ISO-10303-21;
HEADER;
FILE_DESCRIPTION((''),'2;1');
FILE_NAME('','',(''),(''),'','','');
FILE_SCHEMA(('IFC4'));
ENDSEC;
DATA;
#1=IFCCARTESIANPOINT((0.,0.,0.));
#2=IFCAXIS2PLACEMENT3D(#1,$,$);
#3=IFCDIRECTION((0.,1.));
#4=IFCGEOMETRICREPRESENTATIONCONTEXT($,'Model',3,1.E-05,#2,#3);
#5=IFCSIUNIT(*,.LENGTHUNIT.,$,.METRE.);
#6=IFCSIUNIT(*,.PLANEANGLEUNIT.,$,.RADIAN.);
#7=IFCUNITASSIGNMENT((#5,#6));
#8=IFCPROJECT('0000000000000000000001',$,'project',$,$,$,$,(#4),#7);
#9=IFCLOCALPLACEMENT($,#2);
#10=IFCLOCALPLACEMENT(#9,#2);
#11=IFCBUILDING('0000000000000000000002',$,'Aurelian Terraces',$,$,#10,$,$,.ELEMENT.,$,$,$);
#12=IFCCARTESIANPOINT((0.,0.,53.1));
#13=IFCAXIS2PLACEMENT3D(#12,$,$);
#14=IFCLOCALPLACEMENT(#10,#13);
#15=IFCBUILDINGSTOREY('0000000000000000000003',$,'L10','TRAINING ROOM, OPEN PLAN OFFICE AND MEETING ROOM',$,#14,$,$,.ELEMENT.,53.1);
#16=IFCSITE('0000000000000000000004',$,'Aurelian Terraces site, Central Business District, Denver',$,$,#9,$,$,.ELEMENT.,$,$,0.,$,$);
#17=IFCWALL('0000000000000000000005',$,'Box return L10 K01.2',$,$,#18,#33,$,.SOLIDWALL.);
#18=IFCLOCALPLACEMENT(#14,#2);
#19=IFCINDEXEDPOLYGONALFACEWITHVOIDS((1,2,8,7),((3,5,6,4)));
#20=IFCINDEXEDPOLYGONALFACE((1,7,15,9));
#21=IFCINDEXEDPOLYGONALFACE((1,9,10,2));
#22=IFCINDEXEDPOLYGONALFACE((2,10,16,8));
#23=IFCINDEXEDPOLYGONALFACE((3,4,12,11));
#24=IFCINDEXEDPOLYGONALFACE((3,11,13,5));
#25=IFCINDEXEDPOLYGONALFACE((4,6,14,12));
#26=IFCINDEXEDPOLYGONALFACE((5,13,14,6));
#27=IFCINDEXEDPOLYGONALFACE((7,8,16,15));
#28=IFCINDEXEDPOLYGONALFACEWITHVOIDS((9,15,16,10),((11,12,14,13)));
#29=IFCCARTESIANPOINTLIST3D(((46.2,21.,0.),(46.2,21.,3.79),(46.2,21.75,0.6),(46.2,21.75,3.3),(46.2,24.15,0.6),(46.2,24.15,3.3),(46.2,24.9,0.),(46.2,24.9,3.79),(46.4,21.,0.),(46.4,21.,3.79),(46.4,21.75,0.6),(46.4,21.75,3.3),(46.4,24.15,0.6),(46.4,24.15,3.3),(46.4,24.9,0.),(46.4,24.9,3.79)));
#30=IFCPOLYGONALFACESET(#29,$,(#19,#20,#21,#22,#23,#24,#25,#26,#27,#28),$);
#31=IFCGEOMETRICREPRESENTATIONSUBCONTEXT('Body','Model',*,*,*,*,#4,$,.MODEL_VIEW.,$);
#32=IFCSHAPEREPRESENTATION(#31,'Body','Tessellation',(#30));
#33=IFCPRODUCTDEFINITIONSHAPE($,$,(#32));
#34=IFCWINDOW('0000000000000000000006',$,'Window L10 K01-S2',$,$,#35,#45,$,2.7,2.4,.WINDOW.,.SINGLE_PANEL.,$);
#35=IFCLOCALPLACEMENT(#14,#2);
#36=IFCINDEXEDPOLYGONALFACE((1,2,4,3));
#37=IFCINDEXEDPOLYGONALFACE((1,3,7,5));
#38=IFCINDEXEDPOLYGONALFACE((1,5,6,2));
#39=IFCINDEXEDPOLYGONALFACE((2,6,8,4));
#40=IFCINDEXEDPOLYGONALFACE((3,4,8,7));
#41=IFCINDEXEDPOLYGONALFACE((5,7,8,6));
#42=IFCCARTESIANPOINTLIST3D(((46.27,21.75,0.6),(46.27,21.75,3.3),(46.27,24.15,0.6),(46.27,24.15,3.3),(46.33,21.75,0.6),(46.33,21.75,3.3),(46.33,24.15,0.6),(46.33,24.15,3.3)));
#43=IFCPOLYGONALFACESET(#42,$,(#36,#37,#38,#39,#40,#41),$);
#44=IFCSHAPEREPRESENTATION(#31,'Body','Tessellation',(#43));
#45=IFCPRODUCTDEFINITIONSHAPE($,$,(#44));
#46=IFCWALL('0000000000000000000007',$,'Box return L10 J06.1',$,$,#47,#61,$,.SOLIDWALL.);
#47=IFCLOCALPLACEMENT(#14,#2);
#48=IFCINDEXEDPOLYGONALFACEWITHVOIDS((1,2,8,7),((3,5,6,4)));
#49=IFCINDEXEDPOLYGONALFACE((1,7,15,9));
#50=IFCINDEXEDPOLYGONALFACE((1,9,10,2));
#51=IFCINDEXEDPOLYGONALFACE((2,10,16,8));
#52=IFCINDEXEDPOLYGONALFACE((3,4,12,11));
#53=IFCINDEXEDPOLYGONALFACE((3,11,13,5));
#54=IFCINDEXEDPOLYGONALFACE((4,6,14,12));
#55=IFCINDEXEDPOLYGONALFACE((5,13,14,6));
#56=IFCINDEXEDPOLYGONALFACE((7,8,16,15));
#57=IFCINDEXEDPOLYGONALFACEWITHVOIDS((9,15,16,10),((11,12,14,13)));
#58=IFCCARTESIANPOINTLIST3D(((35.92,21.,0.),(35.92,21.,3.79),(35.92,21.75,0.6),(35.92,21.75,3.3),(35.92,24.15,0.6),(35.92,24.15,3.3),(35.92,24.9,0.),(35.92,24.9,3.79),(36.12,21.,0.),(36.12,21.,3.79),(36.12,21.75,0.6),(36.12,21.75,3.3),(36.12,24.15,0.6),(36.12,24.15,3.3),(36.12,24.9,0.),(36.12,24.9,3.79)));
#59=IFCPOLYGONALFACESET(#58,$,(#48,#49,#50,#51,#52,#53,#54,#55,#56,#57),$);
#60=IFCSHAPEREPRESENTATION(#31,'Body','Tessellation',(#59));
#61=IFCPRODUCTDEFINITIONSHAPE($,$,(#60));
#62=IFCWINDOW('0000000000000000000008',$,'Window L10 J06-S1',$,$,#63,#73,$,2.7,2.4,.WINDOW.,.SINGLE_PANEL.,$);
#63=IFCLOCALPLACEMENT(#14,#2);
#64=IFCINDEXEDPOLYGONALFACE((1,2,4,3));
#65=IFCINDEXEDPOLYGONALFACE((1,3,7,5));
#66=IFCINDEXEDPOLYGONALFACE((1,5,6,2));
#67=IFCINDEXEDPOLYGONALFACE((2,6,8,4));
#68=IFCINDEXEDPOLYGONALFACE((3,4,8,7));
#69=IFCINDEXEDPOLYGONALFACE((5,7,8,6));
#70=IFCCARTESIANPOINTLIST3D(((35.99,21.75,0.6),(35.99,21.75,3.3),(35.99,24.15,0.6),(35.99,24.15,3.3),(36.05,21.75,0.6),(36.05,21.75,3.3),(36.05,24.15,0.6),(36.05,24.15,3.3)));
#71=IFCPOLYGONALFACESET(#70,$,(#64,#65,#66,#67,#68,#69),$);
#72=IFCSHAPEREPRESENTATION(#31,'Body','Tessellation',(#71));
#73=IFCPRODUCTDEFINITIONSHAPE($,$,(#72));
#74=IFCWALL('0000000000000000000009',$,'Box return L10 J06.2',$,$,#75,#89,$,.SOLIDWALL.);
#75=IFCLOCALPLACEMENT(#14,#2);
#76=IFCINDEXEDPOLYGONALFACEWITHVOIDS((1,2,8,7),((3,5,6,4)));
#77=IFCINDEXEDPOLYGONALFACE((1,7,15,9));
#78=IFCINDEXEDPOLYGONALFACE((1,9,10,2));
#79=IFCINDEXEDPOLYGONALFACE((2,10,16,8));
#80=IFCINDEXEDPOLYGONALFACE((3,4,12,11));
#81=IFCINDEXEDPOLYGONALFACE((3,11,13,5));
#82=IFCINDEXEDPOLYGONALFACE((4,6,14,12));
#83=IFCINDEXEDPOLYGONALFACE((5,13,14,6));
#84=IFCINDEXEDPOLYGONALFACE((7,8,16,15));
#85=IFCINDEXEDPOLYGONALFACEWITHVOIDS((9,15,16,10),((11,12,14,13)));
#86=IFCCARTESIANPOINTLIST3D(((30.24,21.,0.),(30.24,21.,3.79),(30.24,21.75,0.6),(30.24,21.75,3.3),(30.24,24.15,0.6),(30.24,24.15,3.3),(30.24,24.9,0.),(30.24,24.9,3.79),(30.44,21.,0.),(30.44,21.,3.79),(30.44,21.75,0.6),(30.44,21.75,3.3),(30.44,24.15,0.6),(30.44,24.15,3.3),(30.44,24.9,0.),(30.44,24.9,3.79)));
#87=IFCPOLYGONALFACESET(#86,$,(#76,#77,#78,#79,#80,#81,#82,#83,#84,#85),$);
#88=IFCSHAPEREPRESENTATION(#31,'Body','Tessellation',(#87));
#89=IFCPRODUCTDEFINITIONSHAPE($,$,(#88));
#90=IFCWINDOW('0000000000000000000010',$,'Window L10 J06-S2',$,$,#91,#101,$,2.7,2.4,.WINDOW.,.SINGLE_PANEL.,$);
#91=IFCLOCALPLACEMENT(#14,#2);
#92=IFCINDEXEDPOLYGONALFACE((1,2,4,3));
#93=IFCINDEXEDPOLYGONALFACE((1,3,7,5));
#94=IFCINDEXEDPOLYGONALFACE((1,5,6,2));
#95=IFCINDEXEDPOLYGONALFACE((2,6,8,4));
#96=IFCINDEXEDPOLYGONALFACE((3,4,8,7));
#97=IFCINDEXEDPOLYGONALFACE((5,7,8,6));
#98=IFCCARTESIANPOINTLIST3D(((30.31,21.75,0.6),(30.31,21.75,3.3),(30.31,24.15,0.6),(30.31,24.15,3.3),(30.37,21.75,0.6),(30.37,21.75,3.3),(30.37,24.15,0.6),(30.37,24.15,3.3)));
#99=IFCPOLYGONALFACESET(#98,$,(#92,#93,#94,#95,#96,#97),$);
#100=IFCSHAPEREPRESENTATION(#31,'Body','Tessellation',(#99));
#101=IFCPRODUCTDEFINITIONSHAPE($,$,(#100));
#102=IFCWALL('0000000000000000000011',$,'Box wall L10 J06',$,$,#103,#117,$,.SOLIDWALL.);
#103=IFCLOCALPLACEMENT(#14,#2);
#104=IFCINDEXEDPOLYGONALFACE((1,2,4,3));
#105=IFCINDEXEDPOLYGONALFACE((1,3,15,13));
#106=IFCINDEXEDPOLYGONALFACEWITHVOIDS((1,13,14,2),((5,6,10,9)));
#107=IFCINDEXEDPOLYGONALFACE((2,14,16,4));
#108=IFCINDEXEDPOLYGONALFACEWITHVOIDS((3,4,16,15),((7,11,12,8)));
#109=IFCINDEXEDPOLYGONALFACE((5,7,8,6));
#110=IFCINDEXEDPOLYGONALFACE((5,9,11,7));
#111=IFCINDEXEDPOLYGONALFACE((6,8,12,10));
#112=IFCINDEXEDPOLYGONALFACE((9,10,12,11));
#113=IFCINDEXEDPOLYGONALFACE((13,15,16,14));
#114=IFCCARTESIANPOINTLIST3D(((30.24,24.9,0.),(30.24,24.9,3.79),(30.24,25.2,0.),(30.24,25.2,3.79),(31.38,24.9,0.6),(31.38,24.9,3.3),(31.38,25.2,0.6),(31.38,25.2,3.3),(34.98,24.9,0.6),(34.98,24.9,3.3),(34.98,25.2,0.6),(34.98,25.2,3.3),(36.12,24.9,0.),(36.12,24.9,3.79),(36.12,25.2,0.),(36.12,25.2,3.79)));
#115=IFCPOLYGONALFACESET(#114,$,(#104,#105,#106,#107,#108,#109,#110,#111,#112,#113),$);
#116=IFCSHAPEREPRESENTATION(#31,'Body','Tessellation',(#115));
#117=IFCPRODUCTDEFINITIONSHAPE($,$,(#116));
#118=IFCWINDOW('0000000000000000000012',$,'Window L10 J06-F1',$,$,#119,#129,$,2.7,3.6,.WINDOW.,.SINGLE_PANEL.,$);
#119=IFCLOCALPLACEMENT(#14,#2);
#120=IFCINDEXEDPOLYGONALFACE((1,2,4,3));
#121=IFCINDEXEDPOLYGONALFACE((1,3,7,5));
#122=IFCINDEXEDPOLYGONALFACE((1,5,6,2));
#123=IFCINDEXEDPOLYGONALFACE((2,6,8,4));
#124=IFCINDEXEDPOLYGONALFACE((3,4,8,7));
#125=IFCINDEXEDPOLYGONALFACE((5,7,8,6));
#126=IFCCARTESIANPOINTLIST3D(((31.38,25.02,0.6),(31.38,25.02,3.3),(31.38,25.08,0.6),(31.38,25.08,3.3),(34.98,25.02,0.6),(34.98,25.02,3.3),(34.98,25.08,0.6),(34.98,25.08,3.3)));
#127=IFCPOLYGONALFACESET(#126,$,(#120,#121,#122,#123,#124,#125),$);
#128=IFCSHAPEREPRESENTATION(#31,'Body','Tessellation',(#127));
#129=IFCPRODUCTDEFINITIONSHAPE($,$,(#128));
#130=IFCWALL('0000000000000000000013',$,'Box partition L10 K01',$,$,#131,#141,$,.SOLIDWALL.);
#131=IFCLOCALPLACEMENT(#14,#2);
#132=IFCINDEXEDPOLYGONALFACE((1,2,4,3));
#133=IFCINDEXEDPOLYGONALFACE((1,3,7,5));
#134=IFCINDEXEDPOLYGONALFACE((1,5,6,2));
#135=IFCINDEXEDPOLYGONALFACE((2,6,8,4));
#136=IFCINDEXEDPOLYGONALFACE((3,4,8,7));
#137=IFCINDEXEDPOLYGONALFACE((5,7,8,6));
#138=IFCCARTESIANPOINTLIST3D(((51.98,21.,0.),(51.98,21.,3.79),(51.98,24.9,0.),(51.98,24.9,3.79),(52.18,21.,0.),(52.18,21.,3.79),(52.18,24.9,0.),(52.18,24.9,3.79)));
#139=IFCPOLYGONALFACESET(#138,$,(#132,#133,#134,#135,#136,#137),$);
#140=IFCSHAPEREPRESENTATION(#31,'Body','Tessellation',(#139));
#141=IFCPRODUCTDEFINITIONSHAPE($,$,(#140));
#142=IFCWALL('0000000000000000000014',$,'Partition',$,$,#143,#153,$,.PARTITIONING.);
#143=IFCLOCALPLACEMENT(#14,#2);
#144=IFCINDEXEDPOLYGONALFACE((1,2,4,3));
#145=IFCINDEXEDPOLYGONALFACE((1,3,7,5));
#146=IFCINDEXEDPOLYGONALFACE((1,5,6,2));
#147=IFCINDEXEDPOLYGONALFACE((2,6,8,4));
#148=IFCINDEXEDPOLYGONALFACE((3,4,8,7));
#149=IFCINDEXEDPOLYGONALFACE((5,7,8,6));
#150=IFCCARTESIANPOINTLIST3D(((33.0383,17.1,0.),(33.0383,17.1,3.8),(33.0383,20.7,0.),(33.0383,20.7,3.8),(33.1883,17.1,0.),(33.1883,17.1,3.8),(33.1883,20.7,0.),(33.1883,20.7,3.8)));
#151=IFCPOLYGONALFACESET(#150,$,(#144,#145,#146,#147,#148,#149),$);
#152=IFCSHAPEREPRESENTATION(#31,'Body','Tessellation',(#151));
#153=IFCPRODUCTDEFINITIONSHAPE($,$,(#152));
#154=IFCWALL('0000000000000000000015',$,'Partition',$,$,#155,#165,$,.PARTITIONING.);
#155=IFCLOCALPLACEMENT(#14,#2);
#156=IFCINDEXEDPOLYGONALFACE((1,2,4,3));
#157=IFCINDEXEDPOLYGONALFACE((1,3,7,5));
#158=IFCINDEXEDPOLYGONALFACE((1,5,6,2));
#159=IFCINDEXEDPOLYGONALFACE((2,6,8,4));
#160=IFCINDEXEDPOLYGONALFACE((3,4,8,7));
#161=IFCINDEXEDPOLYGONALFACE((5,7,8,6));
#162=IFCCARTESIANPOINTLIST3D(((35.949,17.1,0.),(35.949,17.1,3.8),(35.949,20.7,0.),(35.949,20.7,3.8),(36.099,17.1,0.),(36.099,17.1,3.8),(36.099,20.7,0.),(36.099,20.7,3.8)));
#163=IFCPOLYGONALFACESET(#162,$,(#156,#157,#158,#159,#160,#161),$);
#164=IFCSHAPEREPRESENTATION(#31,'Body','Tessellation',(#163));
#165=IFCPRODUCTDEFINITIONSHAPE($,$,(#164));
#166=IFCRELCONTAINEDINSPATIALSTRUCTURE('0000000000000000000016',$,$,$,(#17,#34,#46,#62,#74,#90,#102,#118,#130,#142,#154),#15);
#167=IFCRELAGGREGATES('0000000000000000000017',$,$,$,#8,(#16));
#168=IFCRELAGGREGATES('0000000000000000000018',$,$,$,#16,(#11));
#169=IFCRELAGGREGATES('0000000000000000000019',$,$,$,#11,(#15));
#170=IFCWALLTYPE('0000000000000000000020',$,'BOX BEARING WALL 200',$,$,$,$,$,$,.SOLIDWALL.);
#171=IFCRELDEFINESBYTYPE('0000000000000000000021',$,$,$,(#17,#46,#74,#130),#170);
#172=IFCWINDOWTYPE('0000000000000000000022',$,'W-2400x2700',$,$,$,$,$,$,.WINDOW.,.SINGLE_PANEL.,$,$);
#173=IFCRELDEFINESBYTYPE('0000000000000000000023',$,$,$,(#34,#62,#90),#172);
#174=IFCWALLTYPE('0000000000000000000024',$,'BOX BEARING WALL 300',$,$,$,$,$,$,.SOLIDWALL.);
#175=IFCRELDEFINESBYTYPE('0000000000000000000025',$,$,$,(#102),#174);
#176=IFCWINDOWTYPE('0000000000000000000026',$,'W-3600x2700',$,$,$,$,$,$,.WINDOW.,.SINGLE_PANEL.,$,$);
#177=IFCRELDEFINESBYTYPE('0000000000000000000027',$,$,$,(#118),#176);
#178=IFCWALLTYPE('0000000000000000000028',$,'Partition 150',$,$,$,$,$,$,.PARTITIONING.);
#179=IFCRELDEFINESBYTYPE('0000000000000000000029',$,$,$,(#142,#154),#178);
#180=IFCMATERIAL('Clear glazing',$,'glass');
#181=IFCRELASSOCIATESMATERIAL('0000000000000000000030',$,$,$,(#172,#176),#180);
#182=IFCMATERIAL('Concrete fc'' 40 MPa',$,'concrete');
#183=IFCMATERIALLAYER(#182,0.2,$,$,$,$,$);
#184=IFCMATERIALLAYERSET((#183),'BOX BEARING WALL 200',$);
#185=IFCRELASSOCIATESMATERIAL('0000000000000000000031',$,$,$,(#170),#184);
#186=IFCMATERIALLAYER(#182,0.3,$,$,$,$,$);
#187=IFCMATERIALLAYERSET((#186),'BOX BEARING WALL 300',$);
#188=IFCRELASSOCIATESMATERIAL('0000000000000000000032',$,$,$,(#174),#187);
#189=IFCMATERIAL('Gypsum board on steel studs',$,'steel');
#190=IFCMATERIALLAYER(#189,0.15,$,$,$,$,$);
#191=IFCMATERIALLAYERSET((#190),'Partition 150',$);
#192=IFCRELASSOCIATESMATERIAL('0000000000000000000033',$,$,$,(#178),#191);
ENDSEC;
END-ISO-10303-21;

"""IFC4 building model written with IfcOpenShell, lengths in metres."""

from ifc_helpers import new_model, si_unit, direction, frame, frame_2d, origin, place, context, subcontext, project, spatial, rectangle, extrude, source, transform, mapped, material, layer, layer_set, type_object, element, fill, save


model = new_model("IFC4")

# Units and contexts
model_context = context("Model", 3, precision=1e-05, world=origin(), true_north=direction((0.0, 1.0)))
body_context = subcontext(model_context, "Body", "Model", "MODEL_VIEW")
ifc_project = project(units=[si_unit("LENGTHUNIT", "METRE"), si_unit("PLANEANGLEUNIT", "RADIAN")], contexts=[model_context])

# Site, building, storey
site_placement = place(None, origin())
site = spatial("IfcSite", under=ifc_project, at=site_placement, Name="Aurelian Terraces site, Central Business District, Denver", CompositionType="ELEMENT", RefElevation=0.0)
building_placement = place(site_placement, origin())
building = spatial("IfcBuilding", under=site, at=building_placement, Name="Aurelian Terraces", CompositionType="ELEMENT")
storey_placement = place(building_placement, frame((0.0, 0.0, 53.1)))
storey = spatial("IfcBuildingStorey", under=building, at=storey_placement, Name="L10", Description="TRAINING ROOM, OPEN PLAN OFFICE AND MEETING ROOM", CompositionType="ELEMENT", Elevation=53.1)

# Shared definitions
ifc_material_1 = material(Name="Clear glazing", Category="glass")
window_type_1 = type_object("IfcWindowType", Name="W-2400x2700", PartitioningType="SINGLE_PANEL", PredefinedType="WINDOW", material=ifc_material_1)
shared_shape_1 = source(origin(), body_context, "Body", "SweptSolid", [
    extrude(rectangle(XDim=2.4, YDim=2.7, at=frame_2d((1.2, 1.35))), frame((0.0, 0.03, 0.0), z_axis=(0.0, -1.0, 0.0), x_axis=(1.0, 0.0, 0.0)), (0.0, 0.0, 1.0), 0.06),
])

# Walls, openings, windows
ifc_material_2 = material(Name="Concrete fc' 40 MPa", Category="concrete")
ifc_layer_1 = layer(ifc_material_2, 0.2)
ifc_layer_set_1 = layer_set([ifc_layer_1], Name="BOX BEARING WALL 200")
wall_type_1 = type_object("IfcWallType", Name="BOX BEARING WALL 200", PredefinedType="SOLIDWALL", material=ifc_layer_set_1)
shared_shape_2 = source(origin(), body_context, "Body", "SweptSolid", [
    extrude(rectangle(XDim=3.9, YDim=0.2, at=frame_2d((1.95, 0.0))), origin(), (0.0, 0.0, 1.0), 3.79),
])
wall_1_placement = place(storey_placement, frame((46.3, 21.0, 0.0), z_axis=(0.0, 0.0, 1.0), x_axis=(0.0, 1.0, 0.0)))
wall_1 = element("IfcWall", 1, at=wall_1_placement, inside=storey, type_object=wall_type_1, Name="Box return L10 K01.2", PredefinedType="SOLIDWALL", context=body_context, shape_type="MappedRepresentation", body=[
    mapped(shared_shape_2, transform((0.0, 0.0, 0.0), scale=1.0)),
])
shared_shape_3 = source(origin(), body_context, "Body", "SweptSolid", [
    extrude(rectangle(XDim=2.4, YDim=2.7, at=frame_2d((1.2, 1.35))), frame((0.0, 0.11, 0.0), z_axis=(0.0, -1.0, 0.0), x_axis=(1.0, 0.0, 0.0)), (0.0, 0.0, 1.0), 0.22),
])
opening_1_placement = place(wall_1_placement, frame((0.75, 0.0, 0.6)))
opening_1 = element("IfcOpeningElement", 2, at=opening_1_placement, cuts=wall_1, PredefinedType="OPENING", context=body_context, shape_type="MappedRepresentation", body=[
    mapped(shared_shape_3, transform((0.0, 0.0, 0.0), scale=1.0)),
])
window_1_placement = place(opening_1_placement, origin())
window_1 = element("IfcWindow", 3, at=window_1_placement, inside=storey, type_object=window_type_1, Name="Window L10 K01-S2", OverallHeight=2.7, OverallWidth=2.4, PartitioningType="SINGLE_PANEL", PredefinedType="WINDOW", context=body_context, shape_type="MappedRepresentation", body=[
    mapped(shared_shape_1, transform((0.0, 0.0, 0.0), scale=1.0)),
])
fill(opening_1, window_1)
wall_2_placement = place(storey_placement, frame((36.02, 21.0, 0.0), z_axis=(0.0, 0.0, 1.0), x_axis=(0.0, 1.0, 0.0)))
wall_2 = element("IfcWall", 4, at=wall_2_placement, inside=storey, type_object=wall_type_1, Name="Box return L10 J06.1", PredefinedType="SOLIDWALL", context=body_context, shape_type="MappedRepresentation", body=[
    mapped(shared_shape_2, transform((0.0, 0.0, 0.0), scale=1.0)),
])
opening_2_placement = place(wall_2_placement, frame((0.75, 0.0, 0.6)))
opening_2 = element("IfcOpeningElement", 5, at=opening_2_placement, cuts=wall_2, PredefinedType="OPENING", context=body_context, shape_type="MappedRepresentation", body=[
    mapped(shared_shape_3, transform((0.0, 0.0, 0.0), scale=1.0)),
])
window_2_placement = place(opening_2_placement, origin())
window_2 = element("IfcWindow", 6, at=window_2_placement, inside=storey, type_object=window_type_1, Name="Window L10 J06-S1", OverallHeight=2.7, OverallWidth=2.4, PartitioningType="SINGLE_PANEL", PredefinedType="WINDOW", context=body_context, shape_type="MappedRepresentation", body=[
    mapped(shared_shape_1, transform((0.0, 0.0, 0.0), scale=1.0)),
])
fill(opening_2, window_2)
wall_3_placement = place(storey_placement, frame((30.34, 21.0, 0.0), z_axis=(0.0, 0.0, 1.0), x_axis=(0.0, 1.0, 0.0)))
wall_3 = element("IfcWall", 7, at=wall_3_placement, inside=storey, type_object=wall_type_1, Name="Box return L10 J06.2", PredefinedType="SOLIDWALL", context=body_context, shape_type="MappedRepresentation", body=[
    mapped(shared_shape_2, transform((0.0, 0.0, 0.0), scale=1.0)),
])
opening_3_placement = place(wall_3_placement, frame((0.75, 0.0, 0.6)))
opening_3 = element("IfcOpeningElement", 8, at=opening_3_placement, cuts=wall_3, PredefinedType="OPENING", context=body_context, shape_type="MappedRepresentation", body=[
    mapped(shared_shape_3, transform((0.0, 0.0, 0.0), scale=1.0)),
])
window_3_placement = place(opening_3_placement, origin())
window_3 = element("IfcWindow", 9, at=window_3_placement, inside=storey, type_object=window_type_1, Name="Window L10 J06-S2", OverallHeight=2.7, OverallWidth=2.4, PartitioningType="SINGLE_PANEL", PredefinedType="WINDOW", context=body_context, shape_type="MappedRepresentation", body=[
    mapped(shared_shape_1, transform((0.0, 0.0, 0.0), scale=1.0)),
])
fill(opening_3, window_3)
ifc_layer_2 = layer(ifc_material_2, 0.3)
ifc_layer_set_2 = layer_set([ifc_layer_2], Name="BOX BEARING WALL 300")
wall_type_2 = type_object("IfcWallType", Name="BOX BEARING WALL 300", PredefinedType="SOLIDWALL", material=ifc_layer_set_2)
shared_shape_4 = source(origin(), body_context, "Body", "SweptSolid", [
    extrude(rectangle(XDim=5.88, YDim=0.3, at=frame_2d((2.94, 0.0))), origin(), (0.0, 0.0, 1.0), 3.79),
])
wall_4_placement = place(storey_placement, frame((36.12, 25.05, 0.0), z_axis=(0.0, 0.0, 1.0), x_axis=(-1.0, 0.0, 0.0)))
wall_4 = element("IfcWall", 10, at=wall_4_placement, inside=storey, type_object=wall_type_2, Name="Box wall L10 J06", PredefinedType="SOLIDWALL", context=body_context, shape_type="MappedRepresentation", body=[
    mapped(shared_shape_4, transform((0.0, 0.0, 0.0), scale=1.0)),
])
shared_shape_5 = source(origin(), body_context, "Body", "SweptSolid", [
    extrude(rectangle(XDim=3.6, YDim=2.7, at=frame_2d((1.8, 1.35))), frame((0.0, 0.16, 0.0), z_axis=(0.0, -1.0, 0.0), x_axis=(1.0, 0.0, 0.0)), (0.0, 0.0, 1.0), 0.32),
])
opening_4_placement = place(wall_4_placement, frame((1.14, 0.0, 0.6)))
opening_4 = element("IfcOpeningElement", 11, at=opening_4_placement, cuts=wall_4, PredefinedType="OPENING", context=body_context, shape_type="MappedRepresentation", body=[
    mapped(shared_shape_5, transform((0.0, 0.0, 0.0), scale=1.0)),
])
window_type_2 = type_object("IfcWindowType", Name="W-3600x2700", PartitioningType="SINGLE_PANEL", PredefinedType="WINDOW", material=ifc_material_1)
shared_shape_6 = source(origin(), body_context, "Body", "SweptSolid", [
    extrude(rectangle(XDim=3.6, YDim=2.7, at=frame_2d((1.8, 1.35))), frame((0.0, 0.03, 0.0), z_axis=(0.0, -1.0, 0.0), x_axis=(1.0, 0.0, 0.0)), (0.0, 0.0, 1.0), 0.06),
])
window_4_placement = place(opening_4_placement, origin())
window_4 = element("IfcWindow", 12, at=window_4_placement, inside=storey, type_object=window_type_2, Name="Window L10 J06-F1", OverallHeight=2.7, OverallWidth=3.6, PartitioningType="SINGLE_PANEL", PredefinedType="WINDOW", context=body_context, shape_type="MappedRepresentation", body=[
    mapped(shared_shape_6, transform((0.0, 0.0, 0.0), scale=1.0)),
])
fill(opening_4, window_4)

# Walls
shared_shape_7 = source(origin(), body_context, "Body", "SweptSolid", [
    extrude(rectangle(XDim=3.9, YDim=0.2, at=frame_2d((1.95, 0.0))), origin(), (0.0, 0.0, 1.0), 3.79),
])
wall_5_placement = place(storey_placement, frame((52.08, 21.0, 0.0), z_axis=(0.0, 0.0, 1.0), x_axis=(0.0, 1.0, 0.0)))
element("IfcWall", 13, at=wall_5_placement, inside=storey, type_object=wall_type_1, Name="Box partition L10 K01", PredefinedType="SOLIDWALL", context=body_context, shape_type="MappedRepresentation", body=[
    mapped(shared_shape_7, transform((0.0, 0.0, 0.0), scale=1.0)),
])
ifc_material_3 = material(Name="Gypsum board on steel studs", Category="steel")
ifc_layer_3 = layer(ifc_material_3, 0.15)
ifc_layer_set_3 = layer_set([ifc_layer_3], Name="Partition 150")
wall_type_3 = type_object("IfcWallType", Name="Partition 150", PredefinedType="PARTITIONING", material=ifc_layer_set_3)
shared_shape_8 = source(origin(), body_context, "Body", "SweptSolid", [
    extrude(rectangle(XDim=3.6, YDim=0.15, at=frame_2d((1.8, 0.0))), origin(), (0.0, 0.0, 1.0), 3.8),
])
for number, where, z_axis, x_axis, name in (
    (14, (33.1133, 20.7, 0.0), (0.0, 0.0, 1.0), (0.0, -1.0, 0.0), "Partition"),
    (15, (36.024, 20.7, 0.0), (0.0, 0.0, 1.0), (0.0, -1.0, 0.0), "Partition"),
):
    element("IfcWall", number, at=place(storey_placement, frame(where, z_axis=z_axis, x_axis=x_axis)), inside=storey, type_object=wall_type_3, Name=name, PredefinedType="PARTITIONING", context=body_context, shape_type="MappedRepresentation", body=[
        mapped(shared_shape_8, transform((0.0, 0.0, 0.0), scale=1.0)),
    ])

save(model, "model.ifc")
